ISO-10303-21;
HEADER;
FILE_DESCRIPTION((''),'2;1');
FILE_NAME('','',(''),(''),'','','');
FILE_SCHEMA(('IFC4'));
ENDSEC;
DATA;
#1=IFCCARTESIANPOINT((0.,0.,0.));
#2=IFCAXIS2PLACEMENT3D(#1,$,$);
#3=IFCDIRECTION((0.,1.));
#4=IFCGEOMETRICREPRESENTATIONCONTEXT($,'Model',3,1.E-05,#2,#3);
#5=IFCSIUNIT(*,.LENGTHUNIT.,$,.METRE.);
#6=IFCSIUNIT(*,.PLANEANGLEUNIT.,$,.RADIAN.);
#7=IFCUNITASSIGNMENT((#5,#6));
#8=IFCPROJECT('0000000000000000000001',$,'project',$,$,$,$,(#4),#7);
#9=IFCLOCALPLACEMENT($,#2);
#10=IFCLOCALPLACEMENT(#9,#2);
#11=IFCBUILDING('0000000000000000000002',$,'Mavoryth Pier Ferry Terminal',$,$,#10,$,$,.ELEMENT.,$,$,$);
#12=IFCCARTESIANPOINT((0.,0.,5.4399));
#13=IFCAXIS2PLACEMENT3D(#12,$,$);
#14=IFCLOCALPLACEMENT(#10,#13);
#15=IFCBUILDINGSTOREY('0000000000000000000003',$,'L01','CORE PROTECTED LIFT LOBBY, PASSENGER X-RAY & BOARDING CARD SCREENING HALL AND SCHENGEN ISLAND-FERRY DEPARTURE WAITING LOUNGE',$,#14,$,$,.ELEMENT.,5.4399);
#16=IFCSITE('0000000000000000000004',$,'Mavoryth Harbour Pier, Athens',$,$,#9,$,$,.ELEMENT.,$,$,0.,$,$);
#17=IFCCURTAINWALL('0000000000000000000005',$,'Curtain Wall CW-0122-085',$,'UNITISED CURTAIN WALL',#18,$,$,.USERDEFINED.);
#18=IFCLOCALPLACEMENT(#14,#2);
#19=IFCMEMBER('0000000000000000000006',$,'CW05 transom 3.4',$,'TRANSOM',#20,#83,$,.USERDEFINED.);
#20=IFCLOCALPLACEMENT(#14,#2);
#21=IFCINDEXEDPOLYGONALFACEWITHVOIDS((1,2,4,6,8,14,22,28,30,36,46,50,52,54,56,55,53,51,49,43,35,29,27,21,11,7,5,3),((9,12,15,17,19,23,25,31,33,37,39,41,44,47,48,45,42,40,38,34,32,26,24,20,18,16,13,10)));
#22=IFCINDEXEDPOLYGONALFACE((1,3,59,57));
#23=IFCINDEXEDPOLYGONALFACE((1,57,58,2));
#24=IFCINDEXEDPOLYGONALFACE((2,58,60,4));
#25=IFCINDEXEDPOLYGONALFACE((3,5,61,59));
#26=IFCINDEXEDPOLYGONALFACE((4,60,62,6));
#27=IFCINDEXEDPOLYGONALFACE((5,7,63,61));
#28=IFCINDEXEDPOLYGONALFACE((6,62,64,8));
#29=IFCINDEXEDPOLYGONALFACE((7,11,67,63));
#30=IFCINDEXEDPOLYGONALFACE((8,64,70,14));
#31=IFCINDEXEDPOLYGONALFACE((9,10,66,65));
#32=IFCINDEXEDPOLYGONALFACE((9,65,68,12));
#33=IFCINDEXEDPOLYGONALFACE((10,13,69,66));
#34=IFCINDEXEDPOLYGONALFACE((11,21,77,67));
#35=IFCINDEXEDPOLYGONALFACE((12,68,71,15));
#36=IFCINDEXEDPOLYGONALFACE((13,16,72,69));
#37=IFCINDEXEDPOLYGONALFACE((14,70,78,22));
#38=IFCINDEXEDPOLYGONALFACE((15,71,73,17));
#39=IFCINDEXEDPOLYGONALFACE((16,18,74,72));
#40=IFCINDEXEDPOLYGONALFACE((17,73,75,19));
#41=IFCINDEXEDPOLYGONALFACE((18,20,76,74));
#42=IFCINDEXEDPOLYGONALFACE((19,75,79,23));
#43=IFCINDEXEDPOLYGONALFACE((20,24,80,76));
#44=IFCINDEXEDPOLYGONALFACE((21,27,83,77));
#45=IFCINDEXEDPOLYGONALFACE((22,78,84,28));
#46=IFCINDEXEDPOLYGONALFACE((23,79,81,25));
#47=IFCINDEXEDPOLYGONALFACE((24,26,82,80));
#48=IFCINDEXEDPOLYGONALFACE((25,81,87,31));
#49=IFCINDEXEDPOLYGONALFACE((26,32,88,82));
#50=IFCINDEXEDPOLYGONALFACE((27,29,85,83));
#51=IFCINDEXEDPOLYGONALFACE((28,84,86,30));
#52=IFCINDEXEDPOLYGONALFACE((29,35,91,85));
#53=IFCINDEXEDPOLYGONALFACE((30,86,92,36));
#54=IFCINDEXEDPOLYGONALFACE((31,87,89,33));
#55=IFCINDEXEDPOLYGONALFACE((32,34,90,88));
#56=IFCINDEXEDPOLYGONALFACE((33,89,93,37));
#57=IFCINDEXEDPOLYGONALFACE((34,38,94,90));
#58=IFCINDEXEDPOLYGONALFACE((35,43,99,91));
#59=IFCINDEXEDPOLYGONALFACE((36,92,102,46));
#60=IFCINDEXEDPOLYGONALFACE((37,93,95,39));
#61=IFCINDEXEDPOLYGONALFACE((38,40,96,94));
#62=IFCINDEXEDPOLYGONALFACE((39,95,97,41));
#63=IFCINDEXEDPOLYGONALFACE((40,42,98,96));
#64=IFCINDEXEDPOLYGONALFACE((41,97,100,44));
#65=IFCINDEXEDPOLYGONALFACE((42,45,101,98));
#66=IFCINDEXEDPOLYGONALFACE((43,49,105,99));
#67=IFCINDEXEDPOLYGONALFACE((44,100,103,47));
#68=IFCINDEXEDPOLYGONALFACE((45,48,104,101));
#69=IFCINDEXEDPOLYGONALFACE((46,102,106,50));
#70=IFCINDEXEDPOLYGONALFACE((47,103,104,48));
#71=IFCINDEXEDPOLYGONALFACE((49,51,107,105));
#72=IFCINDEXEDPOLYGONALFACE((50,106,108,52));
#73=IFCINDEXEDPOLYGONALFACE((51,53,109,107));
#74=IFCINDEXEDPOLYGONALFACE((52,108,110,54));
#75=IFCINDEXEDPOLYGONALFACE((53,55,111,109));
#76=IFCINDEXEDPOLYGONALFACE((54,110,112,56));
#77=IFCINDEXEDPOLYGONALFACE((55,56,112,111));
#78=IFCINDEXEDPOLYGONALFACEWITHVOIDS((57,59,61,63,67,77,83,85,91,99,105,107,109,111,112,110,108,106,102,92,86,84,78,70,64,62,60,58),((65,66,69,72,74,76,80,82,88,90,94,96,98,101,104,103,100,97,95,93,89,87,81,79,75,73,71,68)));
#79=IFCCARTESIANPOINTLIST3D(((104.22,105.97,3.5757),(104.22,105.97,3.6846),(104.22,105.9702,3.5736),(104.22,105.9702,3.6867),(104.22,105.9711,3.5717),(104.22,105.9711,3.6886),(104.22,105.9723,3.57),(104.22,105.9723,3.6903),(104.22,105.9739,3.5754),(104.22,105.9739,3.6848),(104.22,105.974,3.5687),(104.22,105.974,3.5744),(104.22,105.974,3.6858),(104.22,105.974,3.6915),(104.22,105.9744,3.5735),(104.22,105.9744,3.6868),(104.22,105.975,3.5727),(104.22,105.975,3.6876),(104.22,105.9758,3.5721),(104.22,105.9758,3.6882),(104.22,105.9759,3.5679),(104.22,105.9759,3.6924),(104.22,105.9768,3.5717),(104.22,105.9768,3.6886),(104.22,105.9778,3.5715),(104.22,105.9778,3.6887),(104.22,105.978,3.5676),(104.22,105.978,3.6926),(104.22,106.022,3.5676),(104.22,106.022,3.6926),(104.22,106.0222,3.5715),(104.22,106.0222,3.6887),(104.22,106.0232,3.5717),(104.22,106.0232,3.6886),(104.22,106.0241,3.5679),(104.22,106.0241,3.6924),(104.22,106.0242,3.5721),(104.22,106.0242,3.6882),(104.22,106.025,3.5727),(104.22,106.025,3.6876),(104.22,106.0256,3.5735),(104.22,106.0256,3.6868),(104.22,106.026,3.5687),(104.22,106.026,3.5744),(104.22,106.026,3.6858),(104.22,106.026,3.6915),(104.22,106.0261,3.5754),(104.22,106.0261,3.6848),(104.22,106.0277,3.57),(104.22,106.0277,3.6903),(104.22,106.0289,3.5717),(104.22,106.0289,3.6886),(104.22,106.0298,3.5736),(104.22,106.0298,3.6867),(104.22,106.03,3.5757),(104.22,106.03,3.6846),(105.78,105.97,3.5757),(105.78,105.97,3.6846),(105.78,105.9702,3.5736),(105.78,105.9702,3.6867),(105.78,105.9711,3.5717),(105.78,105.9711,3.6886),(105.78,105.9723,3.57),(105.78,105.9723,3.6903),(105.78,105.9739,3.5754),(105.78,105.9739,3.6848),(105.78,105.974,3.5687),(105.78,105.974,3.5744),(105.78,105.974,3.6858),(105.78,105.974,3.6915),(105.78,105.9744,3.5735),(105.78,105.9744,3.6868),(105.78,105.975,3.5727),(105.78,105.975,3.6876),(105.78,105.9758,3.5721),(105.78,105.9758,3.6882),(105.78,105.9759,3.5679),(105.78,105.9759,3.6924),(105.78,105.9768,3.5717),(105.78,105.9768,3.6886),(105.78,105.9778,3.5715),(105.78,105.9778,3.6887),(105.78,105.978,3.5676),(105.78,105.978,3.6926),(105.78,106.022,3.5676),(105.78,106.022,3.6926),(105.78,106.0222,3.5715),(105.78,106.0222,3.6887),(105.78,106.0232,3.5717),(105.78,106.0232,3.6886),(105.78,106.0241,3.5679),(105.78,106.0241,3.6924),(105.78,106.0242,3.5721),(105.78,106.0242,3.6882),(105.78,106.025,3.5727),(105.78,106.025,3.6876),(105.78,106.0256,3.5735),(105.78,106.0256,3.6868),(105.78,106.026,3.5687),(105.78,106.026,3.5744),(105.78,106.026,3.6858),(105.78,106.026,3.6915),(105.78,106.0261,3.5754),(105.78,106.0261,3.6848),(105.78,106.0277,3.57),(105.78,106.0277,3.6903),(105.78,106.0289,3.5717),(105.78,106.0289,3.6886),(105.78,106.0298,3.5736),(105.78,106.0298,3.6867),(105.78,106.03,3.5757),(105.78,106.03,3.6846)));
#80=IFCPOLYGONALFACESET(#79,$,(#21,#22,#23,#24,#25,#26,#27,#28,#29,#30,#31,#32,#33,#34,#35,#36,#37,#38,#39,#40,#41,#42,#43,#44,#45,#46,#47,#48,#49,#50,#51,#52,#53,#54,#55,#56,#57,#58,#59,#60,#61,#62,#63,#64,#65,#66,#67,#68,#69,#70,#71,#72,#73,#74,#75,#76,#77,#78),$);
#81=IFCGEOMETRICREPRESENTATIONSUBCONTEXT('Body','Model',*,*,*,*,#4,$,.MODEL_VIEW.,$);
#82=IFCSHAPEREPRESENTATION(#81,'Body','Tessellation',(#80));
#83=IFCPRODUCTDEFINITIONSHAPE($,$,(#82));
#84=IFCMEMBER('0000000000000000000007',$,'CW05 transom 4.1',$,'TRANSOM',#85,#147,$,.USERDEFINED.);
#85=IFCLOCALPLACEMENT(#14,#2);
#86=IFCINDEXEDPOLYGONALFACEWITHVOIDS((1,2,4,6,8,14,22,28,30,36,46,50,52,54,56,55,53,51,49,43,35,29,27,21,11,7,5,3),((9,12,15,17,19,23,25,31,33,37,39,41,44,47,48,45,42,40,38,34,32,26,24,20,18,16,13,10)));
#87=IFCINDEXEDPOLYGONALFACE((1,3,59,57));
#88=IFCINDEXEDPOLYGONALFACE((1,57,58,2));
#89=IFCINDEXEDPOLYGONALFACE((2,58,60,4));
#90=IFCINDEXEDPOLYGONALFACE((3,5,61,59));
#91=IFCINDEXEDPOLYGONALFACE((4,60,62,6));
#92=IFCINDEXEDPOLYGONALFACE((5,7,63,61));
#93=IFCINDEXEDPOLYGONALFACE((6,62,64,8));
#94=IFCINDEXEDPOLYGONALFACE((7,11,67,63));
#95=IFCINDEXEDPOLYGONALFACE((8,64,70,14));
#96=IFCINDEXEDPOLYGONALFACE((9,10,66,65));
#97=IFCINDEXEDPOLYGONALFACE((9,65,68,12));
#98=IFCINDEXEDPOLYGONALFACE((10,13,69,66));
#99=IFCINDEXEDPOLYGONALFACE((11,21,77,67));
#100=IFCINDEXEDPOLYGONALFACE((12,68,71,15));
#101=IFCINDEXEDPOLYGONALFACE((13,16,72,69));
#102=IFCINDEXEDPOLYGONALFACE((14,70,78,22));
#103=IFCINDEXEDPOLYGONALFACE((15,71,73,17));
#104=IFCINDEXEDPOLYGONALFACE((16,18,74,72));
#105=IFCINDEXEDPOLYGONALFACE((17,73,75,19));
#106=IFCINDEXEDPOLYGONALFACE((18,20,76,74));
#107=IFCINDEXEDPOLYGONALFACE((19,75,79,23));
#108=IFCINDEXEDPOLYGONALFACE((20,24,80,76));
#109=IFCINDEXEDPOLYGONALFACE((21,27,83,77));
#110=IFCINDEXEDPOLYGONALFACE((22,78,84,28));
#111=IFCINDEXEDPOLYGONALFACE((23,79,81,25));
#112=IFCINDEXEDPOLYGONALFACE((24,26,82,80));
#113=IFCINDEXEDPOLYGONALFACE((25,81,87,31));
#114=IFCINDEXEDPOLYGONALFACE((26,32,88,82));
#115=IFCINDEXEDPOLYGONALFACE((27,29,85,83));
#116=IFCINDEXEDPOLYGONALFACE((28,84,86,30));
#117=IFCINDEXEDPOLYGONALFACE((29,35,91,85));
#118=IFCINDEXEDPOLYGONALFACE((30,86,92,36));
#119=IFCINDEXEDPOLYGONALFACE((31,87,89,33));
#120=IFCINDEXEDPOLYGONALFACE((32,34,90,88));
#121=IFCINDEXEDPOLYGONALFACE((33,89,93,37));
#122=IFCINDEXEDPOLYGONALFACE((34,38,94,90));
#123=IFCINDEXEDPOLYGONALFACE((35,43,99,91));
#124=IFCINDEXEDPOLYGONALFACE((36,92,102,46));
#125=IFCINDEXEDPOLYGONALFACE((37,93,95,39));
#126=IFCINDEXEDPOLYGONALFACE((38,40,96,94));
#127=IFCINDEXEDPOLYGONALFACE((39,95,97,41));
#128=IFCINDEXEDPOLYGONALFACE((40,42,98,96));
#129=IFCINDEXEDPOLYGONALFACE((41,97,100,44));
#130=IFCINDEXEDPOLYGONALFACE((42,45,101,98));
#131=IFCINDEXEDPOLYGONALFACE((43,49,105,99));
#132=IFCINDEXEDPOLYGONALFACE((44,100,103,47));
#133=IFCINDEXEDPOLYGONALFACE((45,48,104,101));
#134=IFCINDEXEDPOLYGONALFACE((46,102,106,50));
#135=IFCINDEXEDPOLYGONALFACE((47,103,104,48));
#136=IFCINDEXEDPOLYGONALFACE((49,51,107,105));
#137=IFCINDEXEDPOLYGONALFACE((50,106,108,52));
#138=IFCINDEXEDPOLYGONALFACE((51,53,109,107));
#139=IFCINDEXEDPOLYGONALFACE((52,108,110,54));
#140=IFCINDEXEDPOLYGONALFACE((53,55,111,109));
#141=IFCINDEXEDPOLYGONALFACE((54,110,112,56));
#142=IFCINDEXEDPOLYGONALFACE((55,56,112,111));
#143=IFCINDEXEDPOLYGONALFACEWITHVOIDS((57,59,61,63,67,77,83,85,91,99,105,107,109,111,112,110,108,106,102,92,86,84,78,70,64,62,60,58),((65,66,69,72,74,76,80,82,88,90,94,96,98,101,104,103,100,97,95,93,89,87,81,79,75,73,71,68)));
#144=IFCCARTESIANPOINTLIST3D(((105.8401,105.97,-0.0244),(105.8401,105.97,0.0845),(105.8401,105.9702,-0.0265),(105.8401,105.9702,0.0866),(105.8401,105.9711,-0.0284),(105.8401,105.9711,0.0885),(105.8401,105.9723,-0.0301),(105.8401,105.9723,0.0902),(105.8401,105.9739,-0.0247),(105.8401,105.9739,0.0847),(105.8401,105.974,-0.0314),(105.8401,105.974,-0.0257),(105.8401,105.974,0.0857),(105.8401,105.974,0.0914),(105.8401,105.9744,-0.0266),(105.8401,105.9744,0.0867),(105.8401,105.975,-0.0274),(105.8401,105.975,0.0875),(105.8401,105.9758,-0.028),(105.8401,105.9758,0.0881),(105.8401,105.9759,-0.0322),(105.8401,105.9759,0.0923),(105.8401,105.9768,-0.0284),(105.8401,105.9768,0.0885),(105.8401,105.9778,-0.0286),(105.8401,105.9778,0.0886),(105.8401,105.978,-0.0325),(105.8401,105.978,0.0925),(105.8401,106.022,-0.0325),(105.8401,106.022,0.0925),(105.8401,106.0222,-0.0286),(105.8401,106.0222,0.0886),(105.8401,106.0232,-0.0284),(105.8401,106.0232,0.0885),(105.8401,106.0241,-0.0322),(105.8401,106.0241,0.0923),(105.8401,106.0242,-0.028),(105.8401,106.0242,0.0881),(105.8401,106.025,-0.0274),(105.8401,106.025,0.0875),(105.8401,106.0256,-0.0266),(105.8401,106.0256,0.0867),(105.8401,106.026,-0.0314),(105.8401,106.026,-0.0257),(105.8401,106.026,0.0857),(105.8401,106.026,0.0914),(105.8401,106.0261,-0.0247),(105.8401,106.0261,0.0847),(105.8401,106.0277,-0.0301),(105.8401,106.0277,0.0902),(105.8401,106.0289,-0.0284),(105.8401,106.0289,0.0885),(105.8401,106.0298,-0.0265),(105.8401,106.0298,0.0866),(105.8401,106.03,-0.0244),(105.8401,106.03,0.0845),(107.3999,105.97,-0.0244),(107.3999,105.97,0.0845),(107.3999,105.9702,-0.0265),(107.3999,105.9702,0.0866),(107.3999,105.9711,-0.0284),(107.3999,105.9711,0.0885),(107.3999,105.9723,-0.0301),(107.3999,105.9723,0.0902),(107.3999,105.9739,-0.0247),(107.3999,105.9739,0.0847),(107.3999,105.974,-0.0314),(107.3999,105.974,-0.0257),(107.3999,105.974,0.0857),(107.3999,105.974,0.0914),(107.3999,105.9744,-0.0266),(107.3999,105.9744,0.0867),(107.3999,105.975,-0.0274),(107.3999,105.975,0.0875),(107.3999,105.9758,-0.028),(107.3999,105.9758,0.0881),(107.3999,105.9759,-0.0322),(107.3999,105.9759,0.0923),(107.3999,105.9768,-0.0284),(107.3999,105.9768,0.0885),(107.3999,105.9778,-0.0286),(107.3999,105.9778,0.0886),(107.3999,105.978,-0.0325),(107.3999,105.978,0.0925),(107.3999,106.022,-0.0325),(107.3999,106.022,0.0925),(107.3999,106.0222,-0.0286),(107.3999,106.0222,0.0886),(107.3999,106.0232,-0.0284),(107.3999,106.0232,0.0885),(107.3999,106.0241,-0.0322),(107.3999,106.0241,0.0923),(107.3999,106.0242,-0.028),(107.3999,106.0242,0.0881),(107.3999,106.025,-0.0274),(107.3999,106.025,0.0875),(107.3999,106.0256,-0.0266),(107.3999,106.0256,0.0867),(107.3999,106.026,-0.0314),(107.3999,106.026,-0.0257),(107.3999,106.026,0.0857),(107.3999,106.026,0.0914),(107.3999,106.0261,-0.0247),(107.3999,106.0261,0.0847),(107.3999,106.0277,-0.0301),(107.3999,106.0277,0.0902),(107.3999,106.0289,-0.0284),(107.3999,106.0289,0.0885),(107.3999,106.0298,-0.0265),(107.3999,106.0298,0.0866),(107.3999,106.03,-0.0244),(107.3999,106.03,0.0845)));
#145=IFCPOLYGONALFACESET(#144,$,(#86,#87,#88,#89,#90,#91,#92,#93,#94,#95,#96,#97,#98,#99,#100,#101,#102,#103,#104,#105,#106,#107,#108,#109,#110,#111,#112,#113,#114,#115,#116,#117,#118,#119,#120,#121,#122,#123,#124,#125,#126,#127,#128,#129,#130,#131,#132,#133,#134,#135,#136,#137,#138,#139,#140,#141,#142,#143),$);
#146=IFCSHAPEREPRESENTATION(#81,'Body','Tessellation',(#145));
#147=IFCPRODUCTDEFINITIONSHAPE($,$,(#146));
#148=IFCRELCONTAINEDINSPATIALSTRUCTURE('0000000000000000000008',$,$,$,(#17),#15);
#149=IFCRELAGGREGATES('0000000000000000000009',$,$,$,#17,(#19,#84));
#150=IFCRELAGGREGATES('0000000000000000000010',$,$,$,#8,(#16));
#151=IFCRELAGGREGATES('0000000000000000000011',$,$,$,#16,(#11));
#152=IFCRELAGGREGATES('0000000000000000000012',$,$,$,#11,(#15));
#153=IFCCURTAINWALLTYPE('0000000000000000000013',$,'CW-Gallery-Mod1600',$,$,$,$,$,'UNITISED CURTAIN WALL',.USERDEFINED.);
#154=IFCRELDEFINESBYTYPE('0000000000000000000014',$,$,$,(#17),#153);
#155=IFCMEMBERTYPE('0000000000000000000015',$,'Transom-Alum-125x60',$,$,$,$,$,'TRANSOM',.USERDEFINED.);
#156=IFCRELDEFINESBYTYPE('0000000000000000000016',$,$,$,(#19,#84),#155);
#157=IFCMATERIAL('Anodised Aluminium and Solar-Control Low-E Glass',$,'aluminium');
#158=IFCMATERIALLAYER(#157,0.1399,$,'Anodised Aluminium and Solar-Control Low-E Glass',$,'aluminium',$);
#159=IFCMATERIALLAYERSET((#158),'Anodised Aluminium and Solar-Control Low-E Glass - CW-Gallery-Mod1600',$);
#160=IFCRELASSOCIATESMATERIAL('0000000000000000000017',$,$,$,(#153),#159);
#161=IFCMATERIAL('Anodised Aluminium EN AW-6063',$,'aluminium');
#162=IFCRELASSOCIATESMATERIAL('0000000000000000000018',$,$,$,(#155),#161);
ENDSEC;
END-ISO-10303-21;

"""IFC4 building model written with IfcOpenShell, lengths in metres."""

from ifc_helpers import new_model, si_unit, direction, frame, origin, origin_2d, place, context, subcontext, project, spatial, hollow_rectangle, extrude, material, layer, layer_set, material_profile, profile_set, type_object, element, aggregate, save


model = new_model("IFC4")

# Units and contexts
model_context = context("Model", 3, precision=1e-05, world=origin(), true_north=direction((0.0, 1.0)))
body_context = subcontext(model_context, "Body", "Model", "MODEL_VIEW")
ifc_project = project(units=[si_unit("LENGTHUNIT", "METRE"), si_unit("PLANEANGLEUNIT", "RADIAN")], contexts=[model_context])

# Site, building, storey
site_placement = place(None, origin())
site = spatial("IfcSite", under=ifc_project, at=site_placement, Name="Mavoryth Harbour Pier, Athens", CompositionType="ELEMENT", RefElevation=0.0)
building_placement = place(site_placement, origin())
building = spatial("IfcBuilding", under=site, at=building_placement, Name="Mavoryth Pier Ferry Terminal", CompositionType="ELEMENT")
storey_placement = place(building_placement, frame((0.0, 0.0, 5.4399)))
storey = spatial("IfcBuildingStorey", under=building, at=storey_placement, Name="L01", Description="CORE PROTECTED LIFT LOBBY, PASSENGER X-RAY & BOARDING CARD SCREENING HALL AND SCHENGEN ISLAND-FERRY DEPARTURE WAITING LOUNGE", CompositionType="ELEMENT", Elevation=5.4399)

# Shared definitions
ifc_material_1 = material(Name="Anodised Aluminium and Solar-Control Low-E Glass", Category="aluminium")
ifc_layer_1 = layer(ifc_material_1, 0.1399, Name="Anodised Aluminium and Solar-Control Low-E Glass", Category="aluminium")
ifc_layer_set_1 = layer_set([ifc_layer_1], Name="Anodised Aluminium and Solar-Control Low-E Glass - CW-Gallery-Mod1600")
curtain_wall_type = type_object("IfcCurtainWallType", Name="CW-Gallery-Mod1600", ElementType="UNITISED CURTAIN WALL", PredefinedType="USERDEFINED", material=ifc_layer_set_1)
ifc_material_2 = material(Name="Anodised Aluminium EN AW-6063", Category="aluminium")

# Curtain wall
curtain_wall_1_placement = place(storey_placement, origin())
curtain_wall_1 = element("IfcCurtainWall", 1, at=curtain_wall_1_placement, inside=storey, type_object=curtain_wall_type, Name="Curtain Wall CW-0122-085", ObjectType="UNITISED CURTAIN WALL", PredefinedType="USERDEFINED")

# Members
ifc_material_profile_1 = material_profile(ifc_material_2, hollow_rectangle(XDim=0.0601, YDim=0.125, WallThickness=0.0039, InnerFilletRadius=0.0039, OuterFilletRadius=0.0081, at=origin_2d()), Name="AL-TRAN 125x60x4", Category="aluminium")
ifc_profile_set_1 = profile_set([ifc_material_profile_1], Name="Anodised Aluminium EN AW-6063 - AL-TRAN 125x60x4")
member_type_1 = type_object("IfcMemberType", Name="Transom-Alum-125x60", ElementType="TRANSOM", PredefinedType="USERDEFINED", material=ifc_profile_set_1)
member_1_placement = place(storey_placement, frame((104.22, 106.0, 3.6301), z_axis=(1.0, 0.0, 0.0), x_axis=(0.0, 1.0, 0.0)))
member_1 = element("IfcMember", 2, at=member_1_placement, type_object=member_type_1, Name="CW05 transom 3.4", ObjectType="TRANSOM", PredefinedType="USERDEFINED", context=body_context, shape_type="SweptSolid", body=[
    extrude(hollow_rectangle(XDim=0.0601, YDim=0.125, WallThickness=0.0039, InnerFilletRadius=0.0039, OuterFilletRadius=0.0081, at=origin_2d()), origin(), (0.0, 0.0, 1.0), 1.5601),
])
member_2_placement = place(storey_placement, frame((105.8401, 106.0, 0.03), z_axis=(1.0, 0.0, 0.0), x_axis=(0.0, 1.0, 0.0)))
member_2 = element("IfcMember", 3, at=member_2_placement, type_object=member_type_1, Name="CW05 transom 4.1", ObjectType="TRANSOM", PredefinedType="USERDEFINED", context=body_context, shape_type="SweptSolid", body=[
    extrude(hollow_rectangle(XDim=0.0601, YDim=0.125, WallThickness=0.0039, InnerFilletRadius=0.0039, OuterFilletRadius=0.0081, at=origin_2d()), origin(), (0.0, 0.0, 1.0), 1.5598),
])

aggregate(curtain_wall_1, [member_1, member_2])

save(model, "model.ifc")
